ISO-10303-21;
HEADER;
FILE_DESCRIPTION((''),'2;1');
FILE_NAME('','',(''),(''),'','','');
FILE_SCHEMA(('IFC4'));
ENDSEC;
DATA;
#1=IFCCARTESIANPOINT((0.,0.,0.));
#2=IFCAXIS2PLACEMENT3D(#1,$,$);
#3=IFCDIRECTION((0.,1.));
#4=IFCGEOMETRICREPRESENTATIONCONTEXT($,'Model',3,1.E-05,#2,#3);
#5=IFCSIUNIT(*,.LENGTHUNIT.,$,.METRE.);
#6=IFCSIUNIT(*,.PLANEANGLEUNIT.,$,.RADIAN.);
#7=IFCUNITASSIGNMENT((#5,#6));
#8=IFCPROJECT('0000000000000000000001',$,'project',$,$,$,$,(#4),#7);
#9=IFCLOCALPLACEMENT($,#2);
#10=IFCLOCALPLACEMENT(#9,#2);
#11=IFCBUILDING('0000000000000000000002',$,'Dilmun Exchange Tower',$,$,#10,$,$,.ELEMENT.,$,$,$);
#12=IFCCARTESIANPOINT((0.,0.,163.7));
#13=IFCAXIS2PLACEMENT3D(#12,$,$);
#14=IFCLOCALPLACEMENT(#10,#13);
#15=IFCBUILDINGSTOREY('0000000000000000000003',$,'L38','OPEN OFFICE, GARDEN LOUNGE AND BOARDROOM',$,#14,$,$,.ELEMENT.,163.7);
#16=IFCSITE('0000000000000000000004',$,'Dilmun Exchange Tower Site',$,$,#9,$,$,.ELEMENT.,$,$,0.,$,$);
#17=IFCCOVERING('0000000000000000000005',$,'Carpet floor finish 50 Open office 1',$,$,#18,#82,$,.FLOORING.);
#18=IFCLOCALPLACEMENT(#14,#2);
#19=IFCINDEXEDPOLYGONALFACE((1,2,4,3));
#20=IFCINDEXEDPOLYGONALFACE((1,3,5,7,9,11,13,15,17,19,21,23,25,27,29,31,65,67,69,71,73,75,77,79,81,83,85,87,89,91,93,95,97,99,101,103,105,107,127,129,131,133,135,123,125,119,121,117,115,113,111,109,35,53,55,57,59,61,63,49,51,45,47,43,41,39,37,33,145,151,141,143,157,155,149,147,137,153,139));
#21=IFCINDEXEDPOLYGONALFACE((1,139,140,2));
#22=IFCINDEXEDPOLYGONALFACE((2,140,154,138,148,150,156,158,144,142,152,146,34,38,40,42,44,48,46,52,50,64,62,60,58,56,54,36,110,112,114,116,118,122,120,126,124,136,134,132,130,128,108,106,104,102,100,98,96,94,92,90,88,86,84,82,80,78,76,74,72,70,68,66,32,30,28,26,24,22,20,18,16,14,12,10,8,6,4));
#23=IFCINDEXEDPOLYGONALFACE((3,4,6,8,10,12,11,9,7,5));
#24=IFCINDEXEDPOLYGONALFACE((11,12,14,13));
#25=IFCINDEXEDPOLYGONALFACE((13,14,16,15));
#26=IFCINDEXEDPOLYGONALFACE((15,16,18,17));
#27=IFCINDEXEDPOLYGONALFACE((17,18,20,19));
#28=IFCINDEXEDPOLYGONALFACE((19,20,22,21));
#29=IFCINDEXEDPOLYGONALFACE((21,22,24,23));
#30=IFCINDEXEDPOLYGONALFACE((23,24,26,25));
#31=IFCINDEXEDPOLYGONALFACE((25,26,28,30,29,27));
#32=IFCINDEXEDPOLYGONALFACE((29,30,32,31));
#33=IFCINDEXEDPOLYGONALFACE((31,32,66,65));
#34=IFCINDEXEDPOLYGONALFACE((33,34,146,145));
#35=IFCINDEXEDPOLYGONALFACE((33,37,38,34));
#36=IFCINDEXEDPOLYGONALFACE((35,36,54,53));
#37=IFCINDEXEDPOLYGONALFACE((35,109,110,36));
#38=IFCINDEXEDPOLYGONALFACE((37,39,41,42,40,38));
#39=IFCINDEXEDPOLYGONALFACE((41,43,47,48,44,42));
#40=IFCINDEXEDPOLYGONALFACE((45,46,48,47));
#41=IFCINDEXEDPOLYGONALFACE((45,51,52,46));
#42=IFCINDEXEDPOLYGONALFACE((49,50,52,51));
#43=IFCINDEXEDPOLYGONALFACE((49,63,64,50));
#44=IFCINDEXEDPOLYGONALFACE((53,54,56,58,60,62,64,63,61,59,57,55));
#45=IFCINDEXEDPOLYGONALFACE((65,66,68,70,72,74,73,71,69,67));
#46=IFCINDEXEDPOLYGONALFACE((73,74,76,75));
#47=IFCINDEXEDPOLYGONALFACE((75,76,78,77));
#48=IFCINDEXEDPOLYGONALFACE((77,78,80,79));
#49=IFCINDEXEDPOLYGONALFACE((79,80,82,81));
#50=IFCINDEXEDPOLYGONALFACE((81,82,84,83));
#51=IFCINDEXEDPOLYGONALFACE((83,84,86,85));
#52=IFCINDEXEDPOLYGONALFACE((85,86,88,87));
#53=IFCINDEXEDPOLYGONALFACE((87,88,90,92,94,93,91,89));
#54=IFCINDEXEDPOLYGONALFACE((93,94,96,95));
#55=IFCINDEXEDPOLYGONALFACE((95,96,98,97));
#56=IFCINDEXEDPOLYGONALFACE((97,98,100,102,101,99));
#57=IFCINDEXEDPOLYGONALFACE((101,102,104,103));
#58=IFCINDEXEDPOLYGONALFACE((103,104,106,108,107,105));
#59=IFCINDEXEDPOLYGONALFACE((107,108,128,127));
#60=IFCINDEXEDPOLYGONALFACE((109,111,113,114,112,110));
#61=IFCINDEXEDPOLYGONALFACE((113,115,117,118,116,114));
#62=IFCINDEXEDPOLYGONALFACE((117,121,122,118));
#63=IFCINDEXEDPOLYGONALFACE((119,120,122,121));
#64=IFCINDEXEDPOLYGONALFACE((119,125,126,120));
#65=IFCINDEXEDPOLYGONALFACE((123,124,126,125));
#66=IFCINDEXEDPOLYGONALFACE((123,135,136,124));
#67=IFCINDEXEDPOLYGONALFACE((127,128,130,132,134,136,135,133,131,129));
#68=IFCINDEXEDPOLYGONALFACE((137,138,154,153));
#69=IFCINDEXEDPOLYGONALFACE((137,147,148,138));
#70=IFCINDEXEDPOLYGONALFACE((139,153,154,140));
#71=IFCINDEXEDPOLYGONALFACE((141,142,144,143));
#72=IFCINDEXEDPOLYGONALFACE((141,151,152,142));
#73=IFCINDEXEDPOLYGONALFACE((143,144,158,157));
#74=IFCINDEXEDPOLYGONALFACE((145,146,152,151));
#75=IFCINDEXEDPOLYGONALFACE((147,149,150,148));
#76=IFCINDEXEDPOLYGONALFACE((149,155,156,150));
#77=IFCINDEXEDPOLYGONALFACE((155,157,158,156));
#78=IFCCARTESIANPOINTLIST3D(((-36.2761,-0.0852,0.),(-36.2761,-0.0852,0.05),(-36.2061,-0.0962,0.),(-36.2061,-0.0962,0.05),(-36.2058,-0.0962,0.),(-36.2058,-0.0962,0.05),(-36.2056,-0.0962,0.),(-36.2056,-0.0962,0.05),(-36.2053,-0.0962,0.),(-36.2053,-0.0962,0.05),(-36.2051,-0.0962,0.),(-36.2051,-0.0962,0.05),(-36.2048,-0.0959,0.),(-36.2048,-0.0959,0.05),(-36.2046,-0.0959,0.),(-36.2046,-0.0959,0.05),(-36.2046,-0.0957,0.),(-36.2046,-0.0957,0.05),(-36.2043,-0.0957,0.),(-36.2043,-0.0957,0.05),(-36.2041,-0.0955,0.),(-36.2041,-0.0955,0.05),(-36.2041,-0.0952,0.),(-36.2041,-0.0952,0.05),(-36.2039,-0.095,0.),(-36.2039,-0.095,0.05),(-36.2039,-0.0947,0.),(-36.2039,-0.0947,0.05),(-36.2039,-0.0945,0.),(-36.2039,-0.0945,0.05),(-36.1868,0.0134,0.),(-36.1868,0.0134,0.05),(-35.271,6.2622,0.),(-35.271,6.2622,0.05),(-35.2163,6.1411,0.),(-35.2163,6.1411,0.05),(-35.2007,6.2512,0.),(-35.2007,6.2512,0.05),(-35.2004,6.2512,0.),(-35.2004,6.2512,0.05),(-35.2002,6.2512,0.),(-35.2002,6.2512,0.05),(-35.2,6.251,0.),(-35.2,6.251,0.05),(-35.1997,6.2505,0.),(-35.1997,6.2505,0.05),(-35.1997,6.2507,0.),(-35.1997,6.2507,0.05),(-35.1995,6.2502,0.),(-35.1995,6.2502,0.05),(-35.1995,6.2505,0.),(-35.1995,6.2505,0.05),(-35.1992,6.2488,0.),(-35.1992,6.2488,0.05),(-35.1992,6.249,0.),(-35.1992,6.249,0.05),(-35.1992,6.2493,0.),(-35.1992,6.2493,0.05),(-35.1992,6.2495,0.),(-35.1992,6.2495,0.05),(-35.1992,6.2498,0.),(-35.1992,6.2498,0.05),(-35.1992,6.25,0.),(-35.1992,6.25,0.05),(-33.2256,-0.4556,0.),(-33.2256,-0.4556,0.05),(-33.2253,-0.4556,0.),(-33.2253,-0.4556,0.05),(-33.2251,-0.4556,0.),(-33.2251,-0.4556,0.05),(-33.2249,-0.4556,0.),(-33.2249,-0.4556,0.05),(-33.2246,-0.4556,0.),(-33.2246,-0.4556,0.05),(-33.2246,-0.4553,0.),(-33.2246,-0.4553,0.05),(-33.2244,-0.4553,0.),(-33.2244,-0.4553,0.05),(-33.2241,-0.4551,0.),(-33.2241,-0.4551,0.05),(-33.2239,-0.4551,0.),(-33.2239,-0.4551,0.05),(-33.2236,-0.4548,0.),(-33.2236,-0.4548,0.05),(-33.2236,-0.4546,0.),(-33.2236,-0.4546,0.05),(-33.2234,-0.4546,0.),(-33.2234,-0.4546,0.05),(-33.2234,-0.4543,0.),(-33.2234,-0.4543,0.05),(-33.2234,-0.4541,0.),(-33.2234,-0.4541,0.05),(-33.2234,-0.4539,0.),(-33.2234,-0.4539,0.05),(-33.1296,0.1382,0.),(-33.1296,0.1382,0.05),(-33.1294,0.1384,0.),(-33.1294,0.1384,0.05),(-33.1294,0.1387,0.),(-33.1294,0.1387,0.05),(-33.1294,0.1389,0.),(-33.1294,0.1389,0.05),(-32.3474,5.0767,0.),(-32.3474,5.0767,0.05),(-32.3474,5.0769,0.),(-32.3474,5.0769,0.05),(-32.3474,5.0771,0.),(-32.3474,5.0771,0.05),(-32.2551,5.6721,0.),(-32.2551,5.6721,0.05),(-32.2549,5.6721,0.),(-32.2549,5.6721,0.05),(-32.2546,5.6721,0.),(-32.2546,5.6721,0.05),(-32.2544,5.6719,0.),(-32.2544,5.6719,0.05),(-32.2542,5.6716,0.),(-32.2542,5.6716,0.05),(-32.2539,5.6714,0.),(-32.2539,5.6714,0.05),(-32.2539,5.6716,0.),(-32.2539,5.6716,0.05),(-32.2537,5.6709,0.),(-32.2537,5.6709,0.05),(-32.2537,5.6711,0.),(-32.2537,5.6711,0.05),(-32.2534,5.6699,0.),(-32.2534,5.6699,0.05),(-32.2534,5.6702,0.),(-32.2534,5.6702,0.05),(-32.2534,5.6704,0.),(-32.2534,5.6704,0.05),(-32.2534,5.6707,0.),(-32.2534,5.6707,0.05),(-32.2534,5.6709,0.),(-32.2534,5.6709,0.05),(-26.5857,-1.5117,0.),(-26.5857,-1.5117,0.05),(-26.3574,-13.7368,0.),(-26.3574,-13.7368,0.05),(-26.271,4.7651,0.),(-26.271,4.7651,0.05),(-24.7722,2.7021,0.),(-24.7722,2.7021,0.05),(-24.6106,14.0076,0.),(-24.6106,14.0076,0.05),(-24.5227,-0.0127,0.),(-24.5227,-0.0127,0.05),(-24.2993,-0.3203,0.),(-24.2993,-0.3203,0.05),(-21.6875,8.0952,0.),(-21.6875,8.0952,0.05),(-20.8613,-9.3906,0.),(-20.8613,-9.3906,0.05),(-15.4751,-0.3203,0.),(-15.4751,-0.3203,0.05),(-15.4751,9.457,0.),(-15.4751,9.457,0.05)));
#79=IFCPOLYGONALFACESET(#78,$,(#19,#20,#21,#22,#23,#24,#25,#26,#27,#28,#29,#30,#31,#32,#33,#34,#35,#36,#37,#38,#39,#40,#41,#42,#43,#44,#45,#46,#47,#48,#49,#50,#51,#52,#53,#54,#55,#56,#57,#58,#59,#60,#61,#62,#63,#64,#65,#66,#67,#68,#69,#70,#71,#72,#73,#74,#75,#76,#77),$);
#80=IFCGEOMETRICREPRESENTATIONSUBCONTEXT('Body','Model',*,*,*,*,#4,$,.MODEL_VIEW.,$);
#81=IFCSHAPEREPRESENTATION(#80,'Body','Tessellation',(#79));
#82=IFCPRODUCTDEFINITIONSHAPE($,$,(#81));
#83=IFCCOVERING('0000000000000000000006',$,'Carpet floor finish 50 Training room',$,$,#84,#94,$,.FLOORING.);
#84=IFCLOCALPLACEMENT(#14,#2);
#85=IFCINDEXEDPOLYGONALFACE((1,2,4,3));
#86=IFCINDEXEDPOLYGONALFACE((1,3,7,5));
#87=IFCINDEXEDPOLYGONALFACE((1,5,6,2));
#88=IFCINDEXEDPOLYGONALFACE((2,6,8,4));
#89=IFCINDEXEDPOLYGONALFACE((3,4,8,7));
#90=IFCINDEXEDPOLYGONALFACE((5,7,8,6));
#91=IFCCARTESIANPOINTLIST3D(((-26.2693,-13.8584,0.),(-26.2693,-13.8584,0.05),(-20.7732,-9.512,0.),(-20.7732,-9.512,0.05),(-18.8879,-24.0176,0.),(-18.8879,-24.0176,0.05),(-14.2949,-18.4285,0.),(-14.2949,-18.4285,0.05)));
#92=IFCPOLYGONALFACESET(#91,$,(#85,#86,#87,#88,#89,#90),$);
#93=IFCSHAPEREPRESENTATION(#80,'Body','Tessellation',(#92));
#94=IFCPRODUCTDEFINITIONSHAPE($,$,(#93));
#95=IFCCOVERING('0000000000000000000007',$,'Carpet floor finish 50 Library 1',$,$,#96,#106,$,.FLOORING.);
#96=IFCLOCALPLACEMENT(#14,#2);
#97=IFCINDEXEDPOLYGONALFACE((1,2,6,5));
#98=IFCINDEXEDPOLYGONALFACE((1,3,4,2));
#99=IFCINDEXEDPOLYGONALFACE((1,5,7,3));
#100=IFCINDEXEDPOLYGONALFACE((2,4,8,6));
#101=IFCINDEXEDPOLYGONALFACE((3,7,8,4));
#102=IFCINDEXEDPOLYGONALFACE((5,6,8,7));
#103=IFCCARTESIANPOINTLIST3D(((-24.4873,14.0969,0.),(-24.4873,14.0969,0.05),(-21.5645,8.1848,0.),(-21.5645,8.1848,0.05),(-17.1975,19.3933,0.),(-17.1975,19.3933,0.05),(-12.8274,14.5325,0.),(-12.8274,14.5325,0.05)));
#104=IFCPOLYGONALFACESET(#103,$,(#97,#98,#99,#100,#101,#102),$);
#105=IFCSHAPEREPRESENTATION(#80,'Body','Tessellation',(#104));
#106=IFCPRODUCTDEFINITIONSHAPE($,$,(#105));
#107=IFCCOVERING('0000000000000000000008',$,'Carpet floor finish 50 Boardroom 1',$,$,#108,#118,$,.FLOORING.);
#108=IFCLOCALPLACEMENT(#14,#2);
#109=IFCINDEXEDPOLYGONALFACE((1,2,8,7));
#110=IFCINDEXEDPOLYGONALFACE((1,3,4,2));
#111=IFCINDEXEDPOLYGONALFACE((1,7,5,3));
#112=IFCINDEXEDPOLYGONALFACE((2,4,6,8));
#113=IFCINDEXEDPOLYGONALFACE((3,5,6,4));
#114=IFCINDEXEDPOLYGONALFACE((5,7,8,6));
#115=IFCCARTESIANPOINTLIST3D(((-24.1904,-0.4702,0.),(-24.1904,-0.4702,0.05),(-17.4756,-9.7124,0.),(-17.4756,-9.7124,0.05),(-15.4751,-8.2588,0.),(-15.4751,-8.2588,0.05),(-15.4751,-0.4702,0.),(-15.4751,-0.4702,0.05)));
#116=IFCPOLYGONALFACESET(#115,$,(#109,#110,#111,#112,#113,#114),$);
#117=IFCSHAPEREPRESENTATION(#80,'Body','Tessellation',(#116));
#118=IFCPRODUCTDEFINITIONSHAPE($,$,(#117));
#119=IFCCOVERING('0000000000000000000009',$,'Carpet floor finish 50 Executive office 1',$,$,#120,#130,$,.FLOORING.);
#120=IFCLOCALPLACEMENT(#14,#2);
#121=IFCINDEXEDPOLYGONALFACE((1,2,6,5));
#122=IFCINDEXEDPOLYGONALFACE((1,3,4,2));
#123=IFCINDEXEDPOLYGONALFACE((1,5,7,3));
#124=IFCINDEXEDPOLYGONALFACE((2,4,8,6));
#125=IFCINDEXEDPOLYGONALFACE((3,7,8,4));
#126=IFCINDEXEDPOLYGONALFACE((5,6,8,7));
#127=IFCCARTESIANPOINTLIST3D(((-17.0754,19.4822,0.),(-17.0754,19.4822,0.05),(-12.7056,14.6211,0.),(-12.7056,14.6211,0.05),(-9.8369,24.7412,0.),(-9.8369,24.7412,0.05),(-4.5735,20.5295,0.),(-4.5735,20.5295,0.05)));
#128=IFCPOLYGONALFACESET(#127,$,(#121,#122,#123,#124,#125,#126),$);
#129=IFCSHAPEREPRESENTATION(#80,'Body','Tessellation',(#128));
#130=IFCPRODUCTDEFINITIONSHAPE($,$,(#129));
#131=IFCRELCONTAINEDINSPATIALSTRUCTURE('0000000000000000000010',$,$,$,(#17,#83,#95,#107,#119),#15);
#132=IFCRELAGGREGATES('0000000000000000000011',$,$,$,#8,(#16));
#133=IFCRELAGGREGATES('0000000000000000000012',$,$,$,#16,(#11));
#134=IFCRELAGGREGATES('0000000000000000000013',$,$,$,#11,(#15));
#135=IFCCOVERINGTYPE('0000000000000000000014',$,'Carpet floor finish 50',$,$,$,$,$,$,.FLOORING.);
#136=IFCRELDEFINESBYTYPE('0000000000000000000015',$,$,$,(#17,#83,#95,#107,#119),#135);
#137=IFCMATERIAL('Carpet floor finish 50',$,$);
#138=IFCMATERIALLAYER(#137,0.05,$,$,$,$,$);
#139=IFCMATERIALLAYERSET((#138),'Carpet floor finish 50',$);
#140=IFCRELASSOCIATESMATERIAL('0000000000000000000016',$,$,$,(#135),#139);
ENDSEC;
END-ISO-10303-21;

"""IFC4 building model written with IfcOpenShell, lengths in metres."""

from ifc_helpers import new_model, si_unit, direction, frame, origin, place, context, subcontext, project, spatial, polyline, outline, extrude, material, layer, layer_set, type_object, element, save


model = new_model("IFC4")

# Units and contexts
model_context = context("Model", 3, precision=1e-05, world=origin(), true_north=direction((0.0, 1.0)))
body_context = subcontext(model_context, "Body", "Model", "MODEL_VIEW")
ifc_project = project(units=[si_unit("LENGTHUNIT", "METRE"), si_unit("PLANEANGLEUNIT", "RADIAN")], contexts=[model_context])

# Site, building, storey
site_placement = place(None, origin())
site = spatial("IfcSite", under=ifc_project, at=site_placement, Name="Dilmun Exchange Tower Site", CompositionType="ELEMENT", RefElevation=0.0)
building_placement = place(site_placement, origin())
building = spatial("IfcBuilding", under=site, at=building_placement, Name="Dilmun Exchange Tower", CompositionType="ELEMENT")
storey_placement = place(building_placement, frame((0.0, 0.0, 163.7)))
storey = spatial("IfcBuildingStorey", under=building, at=storey_placement, Name="L38", Description="OPEN OFFICE, GARDEN LOUNGE AND BOARDROOM", CompositionType="ELEMENT", Elevation=163.7)

# Coverings
ifc_material_1 = material(Name="Carpet floor finish 50")
ifc_layer_1 = layer(ifc_material_1, 0.05)
ifc_layer_set_1 = layer_set([ifc_layer_1], Name="Carpet floor finish 50")
covering_type_1 = type_object("IfcCoveringType", Name="Carpet floor finish 50", PredefinedType="FLOORING", material=ifc_layer_set_1)
covering_1_placement = place(storey_placement, origin())
element("IfcCovering", 1, at=covering_1_placement, inside=storey, type_object=covering_type_1, Name="Carpet floor finish 50 Open office 1", PredefinedType="FLOORING", context=body_context, shape_type="SweptSolid", body=[
    extrude(outline(polyline([(-21.6875, 8.0952), (-26.271, 4.7651), (-24.7722, 2.7021), (-15.4751, 9.457), (-15.4751, -0.3203), (-24.2993, -0.3203), (-24.5227, -0.0127), (-26.5857, -1.5117), (-20.8613, -9.3906), (-26.3574, -13.7368), (-36.2761, -0.0852), (-36.2061, -0.0962), (-36.2058, -0.0962), (-36.2058, -0.0962), (-36.2056, -0.0962), (-36.2053, -0.0962), (-36.2051, -0.0962), (-36.2051, -0.0962), (-36.2048, -0.0959), (-36.2046, -0.0959), (-36.2046, -0.0957), (-36.2043, -0.0957), (-36.2041, -0.0955), (-36.2041, -0.0952), (-36.2041, -0.0952), (-36.2039, -0.095), (-36.2039, -0.0947), (-36.2039, -0.0945), (-36.1868, 0.0134), (-33.2256, -0.4556), (-33.2253, -0.4556), (-33.2253, -0.4556), (-33.2251, -0.4556), (-33.2249, -0.4556), (-33.2246, -0.4556), (-33.2246, -0.4553), (-33.2244, -0.4553), (-33.2241, -0.4551), (-33.2241, -0.4551), (-33.2239, -0.4551), (-33.2236, -0.4548), (-33.2236, -0.4546), (-33.2234, -0.4546), (-33.2234, -0.4543), (-33.2234, -0.4541), (-33.2234, -0.4539), (-33.1296, 0.1382), (-33.1294, 0.1384), (-33.1294, 0.1387), (-33.1294, 0.1389), (-32.3474, 5.0767), (-32.3474, 5.0769), (-32.3474, 5.0769), (-32.3474, 5.0771), (-32.2534, 5.6699), (-32.2534, 5.6699), (-32.2534, 5.6702), (-32.2534, 5.6704), (-32.2534, 5.6707), (-32.2534, 5.6709), (-32.2537, 5.6709), (-32.2537, 5.6711), (-32.2539, 5.6714), (-32.2539, 5.6714), (-32.2539, 5.6716), (-32.2542, 5.6716), (-32.2544, 5.6719), (-32.2544, 5.6719), (-32.2546, 5.6721), (-32.2549, 5.6721), (-32.2551, 5.6721), (-35.2163, 6.1411), (-35.1992, 6.2488), (-35.1992, 6.249), (-35.1992, 6.2493), (-35.1992, 6.2495), (-35.1992, 6.2498), (-35.1992, 6.25), (-35.1992, 6.25), (-35.1995, 6.2502), (-35.1995, 6.2505), (-35.1997, 6.2505), (-35.1997, 6.2507), (-35.2, 6.251), (-35.2, 6.251), (-35.2002, 6.2512), (-35.2004, 6.2512), (-35.2007, 6.2512), (-35.2007, 6.2512), (-35.271, 6.2622), (-24.6106, 14.0076), (-21.6875, 8.0952)])), origin(), (0.0, 0.0, 1.0), 0.05),
])
covering_2_placement = place(storey_placement, origin())
element("IfcCovering", 2, at=covering_2_placement, inside=storey, type_object=covering_type_1, Name="Carpet floor finish 50 Training room", PredefinedType="FLOORING", context=body_context, shape_type="SweptSolid", body=[
    extrude(outline(polyline([(-20.7732, -9.512), (-14.2949, -18.4285), (-18.8879, -24.0176), (-26.2693, -13.8584), (-20.7732, -9.512)])), origin(), (0.0, 0.0, 1.0), 0.05),
])
covering_3_placement = place(storey_placement, origin())
element("IfcCovering", 3, at=covering_3_placement, inside=storey, type_object=covering_type_1, Name="Carpet floor finish 50 Library 1", PredefinedType="FLOORING", context=body_context, shape_type="SweptSolid", body=[
    extrude(outline(polyline([(-24.4873, 14.0969), (-17.1975, 19.3933), (-12.8274, 14.5325), (-21.5645, 8.1848), (-24.4873, 14.0969)])), origin(), (0.0, 0.0, 1.0), 0.05),
])
covering_4_placement = place(storey_placement, origin())
element("IfcCovering", 4, at=covering_4_placement, inside=storey, type_object=covering_type_1, Name="Carpet floor finish 50 Boardroom 1", PredefinedType="FLOORING", context=body_context, shape_type="SweptSolid", body=[
    extrude(outline(polyline([(-17.4756, -9.7124), (-24.1904, -0.4702), (-15.4751, -0.4702), (-15.4751, -8.2588), (-17.4756, -9.7124)])), origin(), (0.0, 0.0, 1.0), 0.05),
])
covering_5_placement = place(storey_placement, origin())
element("IfcCovering", 5, at=covering_5_placement, inside=storey, type_object=covering_type_1, Name="Carpet floor finish 50 Executive office 1", PredefinedType="FLOORING", context=body_context, shape_type="SweptSolid", body=[
    extrude(outline(polyline([(-12.7056, 14.6211), (-17.0754, 19.4822), (-9.8369, 24.7412), (-4.5735, 20.5295), (-12.7056, 14.6211)])), origin(), (0.0, 0.0, 1.0), 0.05),
])

save(model, "model.ifc")
